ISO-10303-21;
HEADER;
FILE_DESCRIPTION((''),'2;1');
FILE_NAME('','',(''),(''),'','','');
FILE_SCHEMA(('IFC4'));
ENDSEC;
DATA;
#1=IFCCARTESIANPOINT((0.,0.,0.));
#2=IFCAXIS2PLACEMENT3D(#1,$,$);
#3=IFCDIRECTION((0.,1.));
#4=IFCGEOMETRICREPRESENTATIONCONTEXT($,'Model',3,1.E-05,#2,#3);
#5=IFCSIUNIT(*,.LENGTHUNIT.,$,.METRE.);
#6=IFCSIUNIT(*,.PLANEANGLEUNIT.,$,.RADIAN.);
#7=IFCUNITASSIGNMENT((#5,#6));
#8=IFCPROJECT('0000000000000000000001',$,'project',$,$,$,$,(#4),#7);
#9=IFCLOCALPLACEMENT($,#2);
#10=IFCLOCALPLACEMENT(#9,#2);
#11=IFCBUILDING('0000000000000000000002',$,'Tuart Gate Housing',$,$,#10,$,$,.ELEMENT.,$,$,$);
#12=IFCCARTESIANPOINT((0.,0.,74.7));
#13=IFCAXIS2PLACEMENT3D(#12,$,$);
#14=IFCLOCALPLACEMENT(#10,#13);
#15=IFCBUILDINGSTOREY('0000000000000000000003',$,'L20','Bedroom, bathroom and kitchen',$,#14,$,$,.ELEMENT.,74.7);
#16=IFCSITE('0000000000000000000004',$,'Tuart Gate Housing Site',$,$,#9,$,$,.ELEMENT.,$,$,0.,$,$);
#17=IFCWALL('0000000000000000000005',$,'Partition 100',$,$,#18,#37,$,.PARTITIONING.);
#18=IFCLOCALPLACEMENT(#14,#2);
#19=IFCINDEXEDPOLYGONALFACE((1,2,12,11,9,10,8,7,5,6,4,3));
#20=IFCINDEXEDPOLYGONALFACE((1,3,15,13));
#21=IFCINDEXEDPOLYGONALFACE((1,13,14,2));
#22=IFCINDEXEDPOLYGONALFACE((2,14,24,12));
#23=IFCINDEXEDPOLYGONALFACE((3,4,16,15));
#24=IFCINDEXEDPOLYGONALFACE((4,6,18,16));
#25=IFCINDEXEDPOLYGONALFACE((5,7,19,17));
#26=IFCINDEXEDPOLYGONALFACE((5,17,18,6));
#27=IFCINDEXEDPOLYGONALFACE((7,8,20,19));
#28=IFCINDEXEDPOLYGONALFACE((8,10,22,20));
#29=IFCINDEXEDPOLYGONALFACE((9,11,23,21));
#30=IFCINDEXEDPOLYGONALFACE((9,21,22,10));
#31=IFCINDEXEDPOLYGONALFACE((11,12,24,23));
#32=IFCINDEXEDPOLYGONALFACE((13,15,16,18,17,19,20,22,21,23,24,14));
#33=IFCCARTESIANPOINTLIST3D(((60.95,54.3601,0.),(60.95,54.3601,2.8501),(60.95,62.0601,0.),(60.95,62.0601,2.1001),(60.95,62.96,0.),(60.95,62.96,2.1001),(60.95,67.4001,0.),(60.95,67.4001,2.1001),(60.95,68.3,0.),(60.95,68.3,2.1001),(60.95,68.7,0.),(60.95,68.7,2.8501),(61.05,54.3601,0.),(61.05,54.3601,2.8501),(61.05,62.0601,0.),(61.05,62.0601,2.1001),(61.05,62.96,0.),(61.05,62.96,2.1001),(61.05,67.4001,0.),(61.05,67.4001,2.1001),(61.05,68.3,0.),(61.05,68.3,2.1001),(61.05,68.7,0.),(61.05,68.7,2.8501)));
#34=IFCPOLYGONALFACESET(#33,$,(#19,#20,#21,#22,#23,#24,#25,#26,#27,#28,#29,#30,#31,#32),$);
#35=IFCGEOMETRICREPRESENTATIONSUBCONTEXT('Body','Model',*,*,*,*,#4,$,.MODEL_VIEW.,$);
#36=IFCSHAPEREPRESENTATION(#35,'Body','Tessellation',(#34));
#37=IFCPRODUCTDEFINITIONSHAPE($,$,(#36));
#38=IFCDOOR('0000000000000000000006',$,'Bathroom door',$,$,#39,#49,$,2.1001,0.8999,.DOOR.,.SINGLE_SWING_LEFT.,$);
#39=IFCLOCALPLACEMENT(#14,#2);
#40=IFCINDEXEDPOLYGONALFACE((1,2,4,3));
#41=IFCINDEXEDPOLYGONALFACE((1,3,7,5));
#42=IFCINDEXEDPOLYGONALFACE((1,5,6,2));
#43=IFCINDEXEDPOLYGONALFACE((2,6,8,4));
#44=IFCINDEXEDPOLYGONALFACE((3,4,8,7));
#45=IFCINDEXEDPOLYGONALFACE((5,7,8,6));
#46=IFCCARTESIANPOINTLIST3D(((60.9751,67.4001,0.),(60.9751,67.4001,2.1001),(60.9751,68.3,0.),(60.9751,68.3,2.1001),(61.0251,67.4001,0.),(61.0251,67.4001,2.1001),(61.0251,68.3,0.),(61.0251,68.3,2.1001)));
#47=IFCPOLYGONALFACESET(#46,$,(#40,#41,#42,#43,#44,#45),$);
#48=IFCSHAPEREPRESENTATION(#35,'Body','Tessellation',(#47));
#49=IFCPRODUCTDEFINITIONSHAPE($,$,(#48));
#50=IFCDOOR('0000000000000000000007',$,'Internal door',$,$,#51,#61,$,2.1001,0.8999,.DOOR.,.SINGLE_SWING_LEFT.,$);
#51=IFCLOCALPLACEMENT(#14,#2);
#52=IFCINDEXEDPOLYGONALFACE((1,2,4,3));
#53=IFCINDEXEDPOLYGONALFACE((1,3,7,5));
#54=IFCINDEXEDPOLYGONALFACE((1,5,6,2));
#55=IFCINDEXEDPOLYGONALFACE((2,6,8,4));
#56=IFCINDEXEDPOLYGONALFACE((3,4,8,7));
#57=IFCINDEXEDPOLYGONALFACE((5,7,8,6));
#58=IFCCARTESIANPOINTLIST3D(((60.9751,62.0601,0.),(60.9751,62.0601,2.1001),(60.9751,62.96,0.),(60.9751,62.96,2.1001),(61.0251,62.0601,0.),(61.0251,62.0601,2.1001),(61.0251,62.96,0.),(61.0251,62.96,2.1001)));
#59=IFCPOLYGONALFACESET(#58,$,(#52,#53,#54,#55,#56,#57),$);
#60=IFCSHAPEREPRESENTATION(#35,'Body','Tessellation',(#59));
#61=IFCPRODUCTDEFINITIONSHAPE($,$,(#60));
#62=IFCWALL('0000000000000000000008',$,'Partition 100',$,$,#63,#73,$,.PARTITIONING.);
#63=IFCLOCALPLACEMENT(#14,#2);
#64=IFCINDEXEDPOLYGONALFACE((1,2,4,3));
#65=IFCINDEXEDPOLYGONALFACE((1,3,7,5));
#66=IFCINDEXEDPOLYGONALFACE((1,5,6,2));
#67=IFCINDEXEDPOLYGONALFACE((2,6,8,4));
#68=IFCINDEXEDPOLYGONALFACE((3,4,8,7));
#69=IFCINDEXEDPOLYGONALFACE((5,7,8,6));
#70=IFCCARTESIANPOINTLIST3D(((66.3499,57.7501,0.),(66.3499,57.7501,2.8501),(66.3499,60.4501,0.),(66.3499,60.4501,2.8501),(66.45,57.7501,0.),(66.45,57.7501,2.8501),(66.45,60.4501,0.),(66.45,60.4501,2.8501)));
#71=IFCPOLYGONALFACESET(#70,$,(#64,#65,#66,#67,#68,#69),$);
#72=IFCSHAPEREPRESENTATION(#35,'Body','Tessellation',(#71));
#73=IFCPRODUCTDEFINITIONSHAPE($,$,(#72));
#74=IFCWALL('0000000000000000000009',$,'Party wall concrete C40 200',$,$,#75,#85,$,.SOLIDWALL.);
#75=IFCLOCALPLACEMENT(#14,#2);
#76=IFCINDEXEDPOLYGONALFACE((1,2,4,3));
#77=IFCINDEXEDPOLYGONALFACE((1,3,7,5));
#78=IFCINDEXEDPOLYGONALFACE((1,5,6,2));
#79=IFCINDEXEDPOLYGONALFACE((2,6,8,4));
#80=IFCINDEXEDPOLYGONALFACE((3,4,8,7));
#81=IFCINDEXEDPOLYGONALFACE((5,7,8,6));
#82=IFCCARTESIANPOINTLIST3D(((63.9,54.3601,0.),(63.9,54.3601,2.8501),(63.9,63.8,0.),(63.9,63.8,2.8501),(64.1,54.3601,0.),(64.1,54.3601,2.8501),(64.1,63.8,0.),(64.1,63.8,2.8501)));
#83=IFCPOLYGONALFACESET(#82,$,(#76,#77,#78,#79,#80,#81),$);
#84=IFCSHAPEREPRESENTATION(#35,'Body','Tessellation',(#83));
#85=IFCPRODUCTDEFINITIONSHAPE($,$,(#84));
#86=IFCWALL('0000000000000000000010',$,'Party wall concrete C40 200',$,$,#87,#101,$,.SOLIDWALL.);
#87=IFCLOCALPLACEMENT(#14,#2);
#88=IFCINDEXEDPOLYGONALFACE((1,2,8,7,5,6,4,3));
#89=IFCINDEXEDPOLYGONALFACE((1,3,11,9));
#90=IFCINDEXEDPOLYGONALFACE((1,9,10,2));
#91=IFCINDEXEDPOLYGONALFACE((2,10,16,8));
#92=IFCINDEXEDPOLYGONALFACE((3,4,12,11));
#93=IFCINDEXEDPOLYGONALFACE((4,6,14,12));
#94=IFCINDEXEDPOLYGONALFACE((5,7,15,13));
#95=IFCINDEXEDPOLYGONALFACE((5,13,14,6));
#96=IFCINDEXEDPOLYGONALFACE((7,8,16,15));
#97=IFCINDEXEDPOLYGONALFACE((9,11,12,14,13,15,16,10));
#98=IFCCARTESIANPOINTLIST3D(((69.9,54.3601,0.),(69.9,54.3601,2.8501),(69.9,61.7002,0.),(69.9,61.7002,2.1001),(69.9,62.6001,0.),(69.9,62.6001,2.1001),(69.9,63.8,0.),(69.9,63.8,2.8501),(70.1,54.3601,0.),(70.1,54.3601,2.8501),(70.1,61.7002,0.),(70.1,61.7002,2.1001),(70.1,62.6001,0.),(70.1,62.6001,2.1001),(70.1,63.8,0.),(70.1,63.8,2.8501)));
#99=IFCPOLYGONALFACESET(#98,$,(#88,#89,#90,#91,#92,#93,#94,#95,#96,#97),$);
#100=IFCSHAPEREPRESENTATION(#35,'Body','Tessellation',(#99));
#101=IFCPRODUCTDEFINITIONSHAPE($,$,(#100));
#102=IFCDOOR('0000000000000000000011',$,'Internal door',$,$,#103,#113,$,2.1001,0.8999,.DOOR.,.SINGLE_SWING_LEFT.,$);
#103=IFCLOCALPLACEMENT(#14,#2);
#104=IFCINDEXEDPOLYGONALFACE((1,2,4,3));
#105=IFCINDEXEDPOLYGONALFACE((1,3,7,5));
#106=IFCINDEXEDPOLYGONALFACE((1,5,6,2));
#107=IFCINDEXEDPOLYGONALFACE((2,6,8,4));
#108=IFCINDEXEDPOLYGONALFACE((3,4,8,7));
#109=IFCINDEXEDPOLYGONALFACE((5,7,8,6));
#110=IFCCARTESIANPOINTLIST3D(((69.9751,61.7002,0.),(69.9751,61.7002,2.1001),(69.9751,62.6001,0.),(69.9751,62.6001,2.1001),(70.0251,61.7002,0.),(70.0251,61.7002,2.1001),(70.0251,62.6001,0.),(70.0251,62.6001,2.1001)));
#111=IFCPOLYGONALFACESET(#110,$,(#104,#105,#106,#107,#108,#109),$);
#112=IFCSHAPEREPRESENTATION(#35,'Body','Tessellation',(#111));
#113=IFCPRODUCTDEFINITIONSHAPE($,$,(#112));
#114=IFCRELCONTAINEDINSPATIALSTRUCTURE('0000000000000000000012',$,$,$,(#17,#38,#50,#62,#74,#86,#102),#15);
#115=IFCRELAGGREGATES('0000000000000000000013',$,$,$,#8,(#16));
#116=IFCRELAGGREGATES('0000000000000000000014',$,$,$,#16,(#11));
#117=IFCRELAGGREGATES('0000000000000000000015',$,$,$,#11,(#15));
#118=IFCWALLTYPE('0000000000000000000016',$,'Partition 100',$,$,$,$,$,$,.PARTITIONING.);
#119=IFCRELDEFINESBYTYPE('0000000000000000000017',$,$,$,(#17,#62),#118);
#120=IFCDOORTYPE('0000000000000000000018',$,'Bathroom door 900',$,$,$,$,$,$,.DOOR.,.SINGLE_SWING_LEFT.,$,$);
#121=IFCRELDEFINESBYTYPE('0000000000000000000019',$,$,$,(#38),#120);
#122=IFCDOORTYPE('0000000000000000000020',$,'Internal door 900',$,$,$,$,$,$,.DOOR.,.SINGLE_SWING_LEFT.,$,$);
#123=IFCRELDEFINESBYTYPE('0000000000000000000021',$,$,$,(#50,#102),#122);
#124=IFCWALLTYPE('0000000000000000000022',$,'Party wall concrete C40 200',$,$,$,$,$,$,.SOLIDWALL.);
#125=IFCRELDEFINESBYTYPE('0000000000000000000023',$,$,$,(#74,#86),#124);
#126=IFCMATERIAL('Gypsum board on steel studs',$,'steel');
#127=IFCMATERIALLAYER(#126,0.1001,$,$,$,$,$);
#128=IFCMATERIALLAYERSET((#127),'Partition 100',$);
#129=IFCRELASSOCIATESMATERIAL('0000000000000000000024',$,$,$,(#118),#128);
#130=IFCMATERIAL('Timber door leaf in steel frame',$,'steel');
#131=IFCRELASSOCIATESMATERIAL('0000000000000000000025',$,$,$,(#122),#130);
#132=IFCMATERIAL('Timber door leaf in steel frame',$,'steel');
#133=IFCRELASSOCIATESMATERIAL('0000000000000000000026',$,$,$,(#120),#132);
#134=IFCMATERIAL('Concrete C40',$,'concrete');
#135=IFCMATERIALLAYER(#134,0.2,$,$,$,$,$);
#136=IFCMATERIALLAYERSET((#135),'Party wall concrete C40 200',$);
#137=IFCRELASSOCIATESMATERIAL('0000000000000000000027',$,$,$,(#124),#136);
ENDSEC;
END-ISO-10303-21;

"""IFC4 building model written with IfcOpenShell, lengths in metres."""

from ifc_helpers import new_model, si_unit, direction, frame, frame_2d, origin, place, context, subcontext, project, spatial, rectangle, extrude, material, layer, layer_set, type_object, element, fill, save


model = new_model("IFC4")

# Units and contexts
model_context = context("Model", 3, precision=1e-05, world=origin(), true_north=direction((0.0, 1.0)))
body_context = subcontext(model_context, "Body", "Model", "MODEL_VIEW")
ifc_project = project(units=[si_unit("LENGTHUNIT", "METRE"), si_unit("PLANEANGLEUNIT", "RADIAN")], contexts=[model_context])

# Site, building, storey
site_placement = place(None, origin())
site = spatial("IfcSite", under=ifc_project, at=site_placement, Name="Tuart Gate Housing Site", CompositionType="ELEMENT", RefElevation=0.0)
building_placement = place(site_placement, origin())
building = spatial("IfcBuilding", under=site, at=building_placement, Name="Tuart Gate Housing", CompositionType="ELEMENT")
storey_placement = place(building_placement, frame((0.0, 0.0, 74.7)))
storey = spatial("IfcBuildingStorey", under=building, at=storey_placement, Name="L20", Description="Bedroom, bathroom and kitchen", CompositionType="ELEMENT", Elevation=74.7)

# Shared definitions
ifc_material_1 = material(Name="Gypsum board on steel studs", Category="steel")
ifc_layer_1 = layer(ifc_material_1, 0.1001)
ifc_layer_set_1 = layer_set([ifc_layer_1], Name="Partition 100")
wall_type_1 = type_object("IfcWallType", Name="Partition 100", PredefinedType="PARTITIONING", material=ifc_layer_set_1)

# Shared definitions
ifc_material_2 = material(Name="Timber door leaf in steel frame", Category="steel")
door_type_1 = type_object("IfcDoorType", Name="Internal door 900", OperationType="SINGLE_SWING_LEFT", PredefinedType="DOOR", material=ifc_material_2)

# Shared definitions
ifc_material_3 = material(Name="Timber door leaf in steel frame", Category="steel")
door_type_2 = type_object("IfcDoorType", Name="Bathroom door 900", OperationType="SINGLE_SWING_LEFT", PredefinedType="DOOR", material=ifc_material_3)

# Wall, openings, doors
wall_1_placement = place(storey_placement, frame((61.0, 54.3601, 0.0), z_axis=(0.0, 0.0, 1.0), x_axis=(0.0, 1.0, 0.0)))
wall_1 = element("IfcWall", 1, at=wall_1_placement, inside=storey, type_object=wall_type_1, Name="Partition 100", PredefinedType="PARTITIONING", context=body_context, shape_type="SweptSolid", body=[
    extrude(rectangle(XDim=14.3398, YDim=0.1001, at=frame_2d((7.1699, 0.0))), origin(), (0.0, 0.0, 1.0), 2.8501),
])
opening_1_placement = place(wall_1_placement, frame((7.7, 0.0, 0.0)))
opening_1 = element("IfcOpeningElement", 2, at=opening_1_placement, cuts=wall_1, PredefinedType="OPENING", context=body_context, shape_type="SweptSolid", body=[
    extrude(rectangle(XDim=0.8999, YDim=2.1001, at=frame_2d((0.45, 1.05))), frame((0.0, 0.0601, 0.0), z_axis=(0.0, -1.0, 0.0), x_axis=(1.0, 0.0, 0.0)), (0.0, 0.0, 1.0), 0.1201),
])
opening_2_placement = place(wall_1_placement, frame((13.04, 0.0, 0.0)))
opening_2 = element("IfcOpeningElement", 3, at=opening_2_placement, cuts=wall_1, PredefinedType="OPENING", context=body_context, shape_type="SweptSolid", body=[
    extrude(rectangle(XDim=0.8999, YDim=2.1001, at=frame_2d((0.45, 1.05))), frame((0.0, 0.0601, 0.0), z_axis=(0.0, -1.0, 0.0), x_axis=(1.0, 0.0, 0.0)), (0.0, 0.0, 1.0), 0.1201),
])
door_1_placement = place(opening_2_placement, frame((0.8999, 0.0, 0.0), z_axis=(0.0, 0.0, 1.0), x_axis=(-1.0, 0.0, 0.0)))
door_1 = element("IfcDoor", 4, at=door_1_placement, inside=storey, type_object=door_type_2, Name="Bathroom door", OperationType="SINGLE_SWING_LEFT", OverallHeight=2.1001, OverallWidth=0.8999, PredefinedType="DOOR", context=body_context, shape_type="SweptSolid", body=[
    extrude(rectangle(XDim=0.8999, YDim=2.1001, at=frame_2d((0.45, 1.05))), frame((0.0, 0.0251, 0.0), z_axis=(0.0, -1.0, 0.0), x_axis=(1.0, 0.0, 0.0)), (0.0, 0.0, 1.0), 0.05),
])
fill(opening_2, door_1)
door_2_placement = place(opening_1_placement, frame((0.8999, 0.0, 0.0), z_axis=(0.0, 0.0, 1.0), x_axis=(-1.0, 0.0, 0.0)))
door_2 = element("IfcDoor", 5, at=door_2_placement, inside=storey, type_object=door_type_1, Name="Internal door", OperationType="SINGLE_SWING_LEFT", OverallHeight=2.1001, OverallWidth=0.8999, PredefinedType="DOOR", context=body_context, shape_type="SweptSolid", body=[
    extrude(rectangle(XDim=0.8999, YDim=2.1001, at=frame_2d((0.45, 1.05))), frame((0.0, 0.0251, 0.0), z_axis=(0.0, -1.0, 0.0), x_axis=(1.0, 0.0, 0.0)), (0.0, 0.0, 1.0), 0.05),
])
fill(opening_1, door_2)

# Walls
wall_2_placement = place(storey_placement, frame((66.3999, 57.75, 0.0), z_axis=(0.0, 0.0, 1.0), x_axis=(0.0, 1.0, 0.0)))
element("IfcWall", 6, at=wall_2_placement, inside=storey, type_object=wall_type_1, Name="Partition 100", PredefinedType="PARTITIONING", context=body_context, shape_type="SweptSolid", body=[
    extrude(rectangle(XDim=2.7, YDim=0.1001, at=frame_2d((1.3501, 0.0))), origin(), (0.0, 0.0, 1.0), 2.8501),
])
ifc_material_4 = material(Name="Concrete C40", Category="concrete")
ifc_layer_2 = layer(ifc_material_4, 0.2)
ifc_layer_set_2 = layer_set([ifc_layer_2], Name="Party wall concrete C40 200")
wall_type_2 = type_object("IfcWallType", Name="Party wall concrete C40 200", PredefinedType="SOLIDWALL", material=ifc_layer_set_2)
wall_3_placement = place(storey_placement, frame((64.0, 54.3601, 0.0), z_axis=(0.0, 0.0, 1.0), x_axis=(0.0, 1.0, 0.0)))
element("IfcWall", 7, at=wall_3_placement, inside=storey, type_object=wall_type_2, Name="Party wall concrete C40 200", PredefinedType="SOLIDWALL", context=body_context, shape_type="SweptSolid", body=[
    extrude(rectangle(XDim=9.4399, YDim=0.2, at=frame_2d((4.72, 0.0))), origin(), (0.0, 0.0, 1.0), 2.8501),
])

# Wall, opening, door
wall_4_placement = place(storey_placement, frame((70.0, 54.3601, 0.0), z_axis=(0.0, 0.0, 1.0), x_axis=(0.0, 1.0, 0.0)))
wall_4 = element("IfcWall", 8, at=wall_4_placement, inside=storey, type_object=wall_type_2, Name="Party wall concrete C40 200", PredefinedType="SOLIDWALL", context=body_context, shape_type="SweptSolid", body=[
    extrude(rectangle(XDim=9.4399, YDim=0.2, at=frame_2d((4.72, 0.0))), origin(), (0.0, 0.0, 1.0), 2.8501),
])
opening_3_placement = place(wall_4_placement, frame((7.3401, 0.0, 0.0)))
opening_3 = element("IfcOpeningElement", 9, at=opening_3_placement, cuts=wall_4, PredefinedType="OPENING", context=body_context, shape_type="SweptSolid", body=[
    extrude(rectangle(XDim=0.8999, YDim=2.1001, at=frame_2d((0.45, 1.05))), frame((0.0, 0.1099, 0.0), z_axis=(0.0, -1.0, 0.0), x_axis=(1.0, 0.0, 0.0)), (0.0, 0.0, 1.0), 0.22),
])
door_3_placement = place(opening_3_placement, origin())
door_3 = element("IfcDoor", 10, at=door_3_placement, inside=storey, type_object=door_type_1, Name="Internal door", OperationType="SINGLE_SWING_LEFT", OverallHeight=2.1001, OverallWidth=0.8999, PredefinedType="DOOR", context=body_context, shape_type="SweptSolid", body=[
    extrude(rectangle(XDim=0.8999, YDim=2.1001, at=frame_2d((0.45, 1.05))), frame((0.0, 0.0249, 0.0), z_axis=(0.0, -1.0, 0.0), x_axis=(1.0, 0.0, 0.0)), (0.0, 0.0, 1.0), 0.05),
])
fill(opening_3, door_3)

save(model, "model.ifc")
